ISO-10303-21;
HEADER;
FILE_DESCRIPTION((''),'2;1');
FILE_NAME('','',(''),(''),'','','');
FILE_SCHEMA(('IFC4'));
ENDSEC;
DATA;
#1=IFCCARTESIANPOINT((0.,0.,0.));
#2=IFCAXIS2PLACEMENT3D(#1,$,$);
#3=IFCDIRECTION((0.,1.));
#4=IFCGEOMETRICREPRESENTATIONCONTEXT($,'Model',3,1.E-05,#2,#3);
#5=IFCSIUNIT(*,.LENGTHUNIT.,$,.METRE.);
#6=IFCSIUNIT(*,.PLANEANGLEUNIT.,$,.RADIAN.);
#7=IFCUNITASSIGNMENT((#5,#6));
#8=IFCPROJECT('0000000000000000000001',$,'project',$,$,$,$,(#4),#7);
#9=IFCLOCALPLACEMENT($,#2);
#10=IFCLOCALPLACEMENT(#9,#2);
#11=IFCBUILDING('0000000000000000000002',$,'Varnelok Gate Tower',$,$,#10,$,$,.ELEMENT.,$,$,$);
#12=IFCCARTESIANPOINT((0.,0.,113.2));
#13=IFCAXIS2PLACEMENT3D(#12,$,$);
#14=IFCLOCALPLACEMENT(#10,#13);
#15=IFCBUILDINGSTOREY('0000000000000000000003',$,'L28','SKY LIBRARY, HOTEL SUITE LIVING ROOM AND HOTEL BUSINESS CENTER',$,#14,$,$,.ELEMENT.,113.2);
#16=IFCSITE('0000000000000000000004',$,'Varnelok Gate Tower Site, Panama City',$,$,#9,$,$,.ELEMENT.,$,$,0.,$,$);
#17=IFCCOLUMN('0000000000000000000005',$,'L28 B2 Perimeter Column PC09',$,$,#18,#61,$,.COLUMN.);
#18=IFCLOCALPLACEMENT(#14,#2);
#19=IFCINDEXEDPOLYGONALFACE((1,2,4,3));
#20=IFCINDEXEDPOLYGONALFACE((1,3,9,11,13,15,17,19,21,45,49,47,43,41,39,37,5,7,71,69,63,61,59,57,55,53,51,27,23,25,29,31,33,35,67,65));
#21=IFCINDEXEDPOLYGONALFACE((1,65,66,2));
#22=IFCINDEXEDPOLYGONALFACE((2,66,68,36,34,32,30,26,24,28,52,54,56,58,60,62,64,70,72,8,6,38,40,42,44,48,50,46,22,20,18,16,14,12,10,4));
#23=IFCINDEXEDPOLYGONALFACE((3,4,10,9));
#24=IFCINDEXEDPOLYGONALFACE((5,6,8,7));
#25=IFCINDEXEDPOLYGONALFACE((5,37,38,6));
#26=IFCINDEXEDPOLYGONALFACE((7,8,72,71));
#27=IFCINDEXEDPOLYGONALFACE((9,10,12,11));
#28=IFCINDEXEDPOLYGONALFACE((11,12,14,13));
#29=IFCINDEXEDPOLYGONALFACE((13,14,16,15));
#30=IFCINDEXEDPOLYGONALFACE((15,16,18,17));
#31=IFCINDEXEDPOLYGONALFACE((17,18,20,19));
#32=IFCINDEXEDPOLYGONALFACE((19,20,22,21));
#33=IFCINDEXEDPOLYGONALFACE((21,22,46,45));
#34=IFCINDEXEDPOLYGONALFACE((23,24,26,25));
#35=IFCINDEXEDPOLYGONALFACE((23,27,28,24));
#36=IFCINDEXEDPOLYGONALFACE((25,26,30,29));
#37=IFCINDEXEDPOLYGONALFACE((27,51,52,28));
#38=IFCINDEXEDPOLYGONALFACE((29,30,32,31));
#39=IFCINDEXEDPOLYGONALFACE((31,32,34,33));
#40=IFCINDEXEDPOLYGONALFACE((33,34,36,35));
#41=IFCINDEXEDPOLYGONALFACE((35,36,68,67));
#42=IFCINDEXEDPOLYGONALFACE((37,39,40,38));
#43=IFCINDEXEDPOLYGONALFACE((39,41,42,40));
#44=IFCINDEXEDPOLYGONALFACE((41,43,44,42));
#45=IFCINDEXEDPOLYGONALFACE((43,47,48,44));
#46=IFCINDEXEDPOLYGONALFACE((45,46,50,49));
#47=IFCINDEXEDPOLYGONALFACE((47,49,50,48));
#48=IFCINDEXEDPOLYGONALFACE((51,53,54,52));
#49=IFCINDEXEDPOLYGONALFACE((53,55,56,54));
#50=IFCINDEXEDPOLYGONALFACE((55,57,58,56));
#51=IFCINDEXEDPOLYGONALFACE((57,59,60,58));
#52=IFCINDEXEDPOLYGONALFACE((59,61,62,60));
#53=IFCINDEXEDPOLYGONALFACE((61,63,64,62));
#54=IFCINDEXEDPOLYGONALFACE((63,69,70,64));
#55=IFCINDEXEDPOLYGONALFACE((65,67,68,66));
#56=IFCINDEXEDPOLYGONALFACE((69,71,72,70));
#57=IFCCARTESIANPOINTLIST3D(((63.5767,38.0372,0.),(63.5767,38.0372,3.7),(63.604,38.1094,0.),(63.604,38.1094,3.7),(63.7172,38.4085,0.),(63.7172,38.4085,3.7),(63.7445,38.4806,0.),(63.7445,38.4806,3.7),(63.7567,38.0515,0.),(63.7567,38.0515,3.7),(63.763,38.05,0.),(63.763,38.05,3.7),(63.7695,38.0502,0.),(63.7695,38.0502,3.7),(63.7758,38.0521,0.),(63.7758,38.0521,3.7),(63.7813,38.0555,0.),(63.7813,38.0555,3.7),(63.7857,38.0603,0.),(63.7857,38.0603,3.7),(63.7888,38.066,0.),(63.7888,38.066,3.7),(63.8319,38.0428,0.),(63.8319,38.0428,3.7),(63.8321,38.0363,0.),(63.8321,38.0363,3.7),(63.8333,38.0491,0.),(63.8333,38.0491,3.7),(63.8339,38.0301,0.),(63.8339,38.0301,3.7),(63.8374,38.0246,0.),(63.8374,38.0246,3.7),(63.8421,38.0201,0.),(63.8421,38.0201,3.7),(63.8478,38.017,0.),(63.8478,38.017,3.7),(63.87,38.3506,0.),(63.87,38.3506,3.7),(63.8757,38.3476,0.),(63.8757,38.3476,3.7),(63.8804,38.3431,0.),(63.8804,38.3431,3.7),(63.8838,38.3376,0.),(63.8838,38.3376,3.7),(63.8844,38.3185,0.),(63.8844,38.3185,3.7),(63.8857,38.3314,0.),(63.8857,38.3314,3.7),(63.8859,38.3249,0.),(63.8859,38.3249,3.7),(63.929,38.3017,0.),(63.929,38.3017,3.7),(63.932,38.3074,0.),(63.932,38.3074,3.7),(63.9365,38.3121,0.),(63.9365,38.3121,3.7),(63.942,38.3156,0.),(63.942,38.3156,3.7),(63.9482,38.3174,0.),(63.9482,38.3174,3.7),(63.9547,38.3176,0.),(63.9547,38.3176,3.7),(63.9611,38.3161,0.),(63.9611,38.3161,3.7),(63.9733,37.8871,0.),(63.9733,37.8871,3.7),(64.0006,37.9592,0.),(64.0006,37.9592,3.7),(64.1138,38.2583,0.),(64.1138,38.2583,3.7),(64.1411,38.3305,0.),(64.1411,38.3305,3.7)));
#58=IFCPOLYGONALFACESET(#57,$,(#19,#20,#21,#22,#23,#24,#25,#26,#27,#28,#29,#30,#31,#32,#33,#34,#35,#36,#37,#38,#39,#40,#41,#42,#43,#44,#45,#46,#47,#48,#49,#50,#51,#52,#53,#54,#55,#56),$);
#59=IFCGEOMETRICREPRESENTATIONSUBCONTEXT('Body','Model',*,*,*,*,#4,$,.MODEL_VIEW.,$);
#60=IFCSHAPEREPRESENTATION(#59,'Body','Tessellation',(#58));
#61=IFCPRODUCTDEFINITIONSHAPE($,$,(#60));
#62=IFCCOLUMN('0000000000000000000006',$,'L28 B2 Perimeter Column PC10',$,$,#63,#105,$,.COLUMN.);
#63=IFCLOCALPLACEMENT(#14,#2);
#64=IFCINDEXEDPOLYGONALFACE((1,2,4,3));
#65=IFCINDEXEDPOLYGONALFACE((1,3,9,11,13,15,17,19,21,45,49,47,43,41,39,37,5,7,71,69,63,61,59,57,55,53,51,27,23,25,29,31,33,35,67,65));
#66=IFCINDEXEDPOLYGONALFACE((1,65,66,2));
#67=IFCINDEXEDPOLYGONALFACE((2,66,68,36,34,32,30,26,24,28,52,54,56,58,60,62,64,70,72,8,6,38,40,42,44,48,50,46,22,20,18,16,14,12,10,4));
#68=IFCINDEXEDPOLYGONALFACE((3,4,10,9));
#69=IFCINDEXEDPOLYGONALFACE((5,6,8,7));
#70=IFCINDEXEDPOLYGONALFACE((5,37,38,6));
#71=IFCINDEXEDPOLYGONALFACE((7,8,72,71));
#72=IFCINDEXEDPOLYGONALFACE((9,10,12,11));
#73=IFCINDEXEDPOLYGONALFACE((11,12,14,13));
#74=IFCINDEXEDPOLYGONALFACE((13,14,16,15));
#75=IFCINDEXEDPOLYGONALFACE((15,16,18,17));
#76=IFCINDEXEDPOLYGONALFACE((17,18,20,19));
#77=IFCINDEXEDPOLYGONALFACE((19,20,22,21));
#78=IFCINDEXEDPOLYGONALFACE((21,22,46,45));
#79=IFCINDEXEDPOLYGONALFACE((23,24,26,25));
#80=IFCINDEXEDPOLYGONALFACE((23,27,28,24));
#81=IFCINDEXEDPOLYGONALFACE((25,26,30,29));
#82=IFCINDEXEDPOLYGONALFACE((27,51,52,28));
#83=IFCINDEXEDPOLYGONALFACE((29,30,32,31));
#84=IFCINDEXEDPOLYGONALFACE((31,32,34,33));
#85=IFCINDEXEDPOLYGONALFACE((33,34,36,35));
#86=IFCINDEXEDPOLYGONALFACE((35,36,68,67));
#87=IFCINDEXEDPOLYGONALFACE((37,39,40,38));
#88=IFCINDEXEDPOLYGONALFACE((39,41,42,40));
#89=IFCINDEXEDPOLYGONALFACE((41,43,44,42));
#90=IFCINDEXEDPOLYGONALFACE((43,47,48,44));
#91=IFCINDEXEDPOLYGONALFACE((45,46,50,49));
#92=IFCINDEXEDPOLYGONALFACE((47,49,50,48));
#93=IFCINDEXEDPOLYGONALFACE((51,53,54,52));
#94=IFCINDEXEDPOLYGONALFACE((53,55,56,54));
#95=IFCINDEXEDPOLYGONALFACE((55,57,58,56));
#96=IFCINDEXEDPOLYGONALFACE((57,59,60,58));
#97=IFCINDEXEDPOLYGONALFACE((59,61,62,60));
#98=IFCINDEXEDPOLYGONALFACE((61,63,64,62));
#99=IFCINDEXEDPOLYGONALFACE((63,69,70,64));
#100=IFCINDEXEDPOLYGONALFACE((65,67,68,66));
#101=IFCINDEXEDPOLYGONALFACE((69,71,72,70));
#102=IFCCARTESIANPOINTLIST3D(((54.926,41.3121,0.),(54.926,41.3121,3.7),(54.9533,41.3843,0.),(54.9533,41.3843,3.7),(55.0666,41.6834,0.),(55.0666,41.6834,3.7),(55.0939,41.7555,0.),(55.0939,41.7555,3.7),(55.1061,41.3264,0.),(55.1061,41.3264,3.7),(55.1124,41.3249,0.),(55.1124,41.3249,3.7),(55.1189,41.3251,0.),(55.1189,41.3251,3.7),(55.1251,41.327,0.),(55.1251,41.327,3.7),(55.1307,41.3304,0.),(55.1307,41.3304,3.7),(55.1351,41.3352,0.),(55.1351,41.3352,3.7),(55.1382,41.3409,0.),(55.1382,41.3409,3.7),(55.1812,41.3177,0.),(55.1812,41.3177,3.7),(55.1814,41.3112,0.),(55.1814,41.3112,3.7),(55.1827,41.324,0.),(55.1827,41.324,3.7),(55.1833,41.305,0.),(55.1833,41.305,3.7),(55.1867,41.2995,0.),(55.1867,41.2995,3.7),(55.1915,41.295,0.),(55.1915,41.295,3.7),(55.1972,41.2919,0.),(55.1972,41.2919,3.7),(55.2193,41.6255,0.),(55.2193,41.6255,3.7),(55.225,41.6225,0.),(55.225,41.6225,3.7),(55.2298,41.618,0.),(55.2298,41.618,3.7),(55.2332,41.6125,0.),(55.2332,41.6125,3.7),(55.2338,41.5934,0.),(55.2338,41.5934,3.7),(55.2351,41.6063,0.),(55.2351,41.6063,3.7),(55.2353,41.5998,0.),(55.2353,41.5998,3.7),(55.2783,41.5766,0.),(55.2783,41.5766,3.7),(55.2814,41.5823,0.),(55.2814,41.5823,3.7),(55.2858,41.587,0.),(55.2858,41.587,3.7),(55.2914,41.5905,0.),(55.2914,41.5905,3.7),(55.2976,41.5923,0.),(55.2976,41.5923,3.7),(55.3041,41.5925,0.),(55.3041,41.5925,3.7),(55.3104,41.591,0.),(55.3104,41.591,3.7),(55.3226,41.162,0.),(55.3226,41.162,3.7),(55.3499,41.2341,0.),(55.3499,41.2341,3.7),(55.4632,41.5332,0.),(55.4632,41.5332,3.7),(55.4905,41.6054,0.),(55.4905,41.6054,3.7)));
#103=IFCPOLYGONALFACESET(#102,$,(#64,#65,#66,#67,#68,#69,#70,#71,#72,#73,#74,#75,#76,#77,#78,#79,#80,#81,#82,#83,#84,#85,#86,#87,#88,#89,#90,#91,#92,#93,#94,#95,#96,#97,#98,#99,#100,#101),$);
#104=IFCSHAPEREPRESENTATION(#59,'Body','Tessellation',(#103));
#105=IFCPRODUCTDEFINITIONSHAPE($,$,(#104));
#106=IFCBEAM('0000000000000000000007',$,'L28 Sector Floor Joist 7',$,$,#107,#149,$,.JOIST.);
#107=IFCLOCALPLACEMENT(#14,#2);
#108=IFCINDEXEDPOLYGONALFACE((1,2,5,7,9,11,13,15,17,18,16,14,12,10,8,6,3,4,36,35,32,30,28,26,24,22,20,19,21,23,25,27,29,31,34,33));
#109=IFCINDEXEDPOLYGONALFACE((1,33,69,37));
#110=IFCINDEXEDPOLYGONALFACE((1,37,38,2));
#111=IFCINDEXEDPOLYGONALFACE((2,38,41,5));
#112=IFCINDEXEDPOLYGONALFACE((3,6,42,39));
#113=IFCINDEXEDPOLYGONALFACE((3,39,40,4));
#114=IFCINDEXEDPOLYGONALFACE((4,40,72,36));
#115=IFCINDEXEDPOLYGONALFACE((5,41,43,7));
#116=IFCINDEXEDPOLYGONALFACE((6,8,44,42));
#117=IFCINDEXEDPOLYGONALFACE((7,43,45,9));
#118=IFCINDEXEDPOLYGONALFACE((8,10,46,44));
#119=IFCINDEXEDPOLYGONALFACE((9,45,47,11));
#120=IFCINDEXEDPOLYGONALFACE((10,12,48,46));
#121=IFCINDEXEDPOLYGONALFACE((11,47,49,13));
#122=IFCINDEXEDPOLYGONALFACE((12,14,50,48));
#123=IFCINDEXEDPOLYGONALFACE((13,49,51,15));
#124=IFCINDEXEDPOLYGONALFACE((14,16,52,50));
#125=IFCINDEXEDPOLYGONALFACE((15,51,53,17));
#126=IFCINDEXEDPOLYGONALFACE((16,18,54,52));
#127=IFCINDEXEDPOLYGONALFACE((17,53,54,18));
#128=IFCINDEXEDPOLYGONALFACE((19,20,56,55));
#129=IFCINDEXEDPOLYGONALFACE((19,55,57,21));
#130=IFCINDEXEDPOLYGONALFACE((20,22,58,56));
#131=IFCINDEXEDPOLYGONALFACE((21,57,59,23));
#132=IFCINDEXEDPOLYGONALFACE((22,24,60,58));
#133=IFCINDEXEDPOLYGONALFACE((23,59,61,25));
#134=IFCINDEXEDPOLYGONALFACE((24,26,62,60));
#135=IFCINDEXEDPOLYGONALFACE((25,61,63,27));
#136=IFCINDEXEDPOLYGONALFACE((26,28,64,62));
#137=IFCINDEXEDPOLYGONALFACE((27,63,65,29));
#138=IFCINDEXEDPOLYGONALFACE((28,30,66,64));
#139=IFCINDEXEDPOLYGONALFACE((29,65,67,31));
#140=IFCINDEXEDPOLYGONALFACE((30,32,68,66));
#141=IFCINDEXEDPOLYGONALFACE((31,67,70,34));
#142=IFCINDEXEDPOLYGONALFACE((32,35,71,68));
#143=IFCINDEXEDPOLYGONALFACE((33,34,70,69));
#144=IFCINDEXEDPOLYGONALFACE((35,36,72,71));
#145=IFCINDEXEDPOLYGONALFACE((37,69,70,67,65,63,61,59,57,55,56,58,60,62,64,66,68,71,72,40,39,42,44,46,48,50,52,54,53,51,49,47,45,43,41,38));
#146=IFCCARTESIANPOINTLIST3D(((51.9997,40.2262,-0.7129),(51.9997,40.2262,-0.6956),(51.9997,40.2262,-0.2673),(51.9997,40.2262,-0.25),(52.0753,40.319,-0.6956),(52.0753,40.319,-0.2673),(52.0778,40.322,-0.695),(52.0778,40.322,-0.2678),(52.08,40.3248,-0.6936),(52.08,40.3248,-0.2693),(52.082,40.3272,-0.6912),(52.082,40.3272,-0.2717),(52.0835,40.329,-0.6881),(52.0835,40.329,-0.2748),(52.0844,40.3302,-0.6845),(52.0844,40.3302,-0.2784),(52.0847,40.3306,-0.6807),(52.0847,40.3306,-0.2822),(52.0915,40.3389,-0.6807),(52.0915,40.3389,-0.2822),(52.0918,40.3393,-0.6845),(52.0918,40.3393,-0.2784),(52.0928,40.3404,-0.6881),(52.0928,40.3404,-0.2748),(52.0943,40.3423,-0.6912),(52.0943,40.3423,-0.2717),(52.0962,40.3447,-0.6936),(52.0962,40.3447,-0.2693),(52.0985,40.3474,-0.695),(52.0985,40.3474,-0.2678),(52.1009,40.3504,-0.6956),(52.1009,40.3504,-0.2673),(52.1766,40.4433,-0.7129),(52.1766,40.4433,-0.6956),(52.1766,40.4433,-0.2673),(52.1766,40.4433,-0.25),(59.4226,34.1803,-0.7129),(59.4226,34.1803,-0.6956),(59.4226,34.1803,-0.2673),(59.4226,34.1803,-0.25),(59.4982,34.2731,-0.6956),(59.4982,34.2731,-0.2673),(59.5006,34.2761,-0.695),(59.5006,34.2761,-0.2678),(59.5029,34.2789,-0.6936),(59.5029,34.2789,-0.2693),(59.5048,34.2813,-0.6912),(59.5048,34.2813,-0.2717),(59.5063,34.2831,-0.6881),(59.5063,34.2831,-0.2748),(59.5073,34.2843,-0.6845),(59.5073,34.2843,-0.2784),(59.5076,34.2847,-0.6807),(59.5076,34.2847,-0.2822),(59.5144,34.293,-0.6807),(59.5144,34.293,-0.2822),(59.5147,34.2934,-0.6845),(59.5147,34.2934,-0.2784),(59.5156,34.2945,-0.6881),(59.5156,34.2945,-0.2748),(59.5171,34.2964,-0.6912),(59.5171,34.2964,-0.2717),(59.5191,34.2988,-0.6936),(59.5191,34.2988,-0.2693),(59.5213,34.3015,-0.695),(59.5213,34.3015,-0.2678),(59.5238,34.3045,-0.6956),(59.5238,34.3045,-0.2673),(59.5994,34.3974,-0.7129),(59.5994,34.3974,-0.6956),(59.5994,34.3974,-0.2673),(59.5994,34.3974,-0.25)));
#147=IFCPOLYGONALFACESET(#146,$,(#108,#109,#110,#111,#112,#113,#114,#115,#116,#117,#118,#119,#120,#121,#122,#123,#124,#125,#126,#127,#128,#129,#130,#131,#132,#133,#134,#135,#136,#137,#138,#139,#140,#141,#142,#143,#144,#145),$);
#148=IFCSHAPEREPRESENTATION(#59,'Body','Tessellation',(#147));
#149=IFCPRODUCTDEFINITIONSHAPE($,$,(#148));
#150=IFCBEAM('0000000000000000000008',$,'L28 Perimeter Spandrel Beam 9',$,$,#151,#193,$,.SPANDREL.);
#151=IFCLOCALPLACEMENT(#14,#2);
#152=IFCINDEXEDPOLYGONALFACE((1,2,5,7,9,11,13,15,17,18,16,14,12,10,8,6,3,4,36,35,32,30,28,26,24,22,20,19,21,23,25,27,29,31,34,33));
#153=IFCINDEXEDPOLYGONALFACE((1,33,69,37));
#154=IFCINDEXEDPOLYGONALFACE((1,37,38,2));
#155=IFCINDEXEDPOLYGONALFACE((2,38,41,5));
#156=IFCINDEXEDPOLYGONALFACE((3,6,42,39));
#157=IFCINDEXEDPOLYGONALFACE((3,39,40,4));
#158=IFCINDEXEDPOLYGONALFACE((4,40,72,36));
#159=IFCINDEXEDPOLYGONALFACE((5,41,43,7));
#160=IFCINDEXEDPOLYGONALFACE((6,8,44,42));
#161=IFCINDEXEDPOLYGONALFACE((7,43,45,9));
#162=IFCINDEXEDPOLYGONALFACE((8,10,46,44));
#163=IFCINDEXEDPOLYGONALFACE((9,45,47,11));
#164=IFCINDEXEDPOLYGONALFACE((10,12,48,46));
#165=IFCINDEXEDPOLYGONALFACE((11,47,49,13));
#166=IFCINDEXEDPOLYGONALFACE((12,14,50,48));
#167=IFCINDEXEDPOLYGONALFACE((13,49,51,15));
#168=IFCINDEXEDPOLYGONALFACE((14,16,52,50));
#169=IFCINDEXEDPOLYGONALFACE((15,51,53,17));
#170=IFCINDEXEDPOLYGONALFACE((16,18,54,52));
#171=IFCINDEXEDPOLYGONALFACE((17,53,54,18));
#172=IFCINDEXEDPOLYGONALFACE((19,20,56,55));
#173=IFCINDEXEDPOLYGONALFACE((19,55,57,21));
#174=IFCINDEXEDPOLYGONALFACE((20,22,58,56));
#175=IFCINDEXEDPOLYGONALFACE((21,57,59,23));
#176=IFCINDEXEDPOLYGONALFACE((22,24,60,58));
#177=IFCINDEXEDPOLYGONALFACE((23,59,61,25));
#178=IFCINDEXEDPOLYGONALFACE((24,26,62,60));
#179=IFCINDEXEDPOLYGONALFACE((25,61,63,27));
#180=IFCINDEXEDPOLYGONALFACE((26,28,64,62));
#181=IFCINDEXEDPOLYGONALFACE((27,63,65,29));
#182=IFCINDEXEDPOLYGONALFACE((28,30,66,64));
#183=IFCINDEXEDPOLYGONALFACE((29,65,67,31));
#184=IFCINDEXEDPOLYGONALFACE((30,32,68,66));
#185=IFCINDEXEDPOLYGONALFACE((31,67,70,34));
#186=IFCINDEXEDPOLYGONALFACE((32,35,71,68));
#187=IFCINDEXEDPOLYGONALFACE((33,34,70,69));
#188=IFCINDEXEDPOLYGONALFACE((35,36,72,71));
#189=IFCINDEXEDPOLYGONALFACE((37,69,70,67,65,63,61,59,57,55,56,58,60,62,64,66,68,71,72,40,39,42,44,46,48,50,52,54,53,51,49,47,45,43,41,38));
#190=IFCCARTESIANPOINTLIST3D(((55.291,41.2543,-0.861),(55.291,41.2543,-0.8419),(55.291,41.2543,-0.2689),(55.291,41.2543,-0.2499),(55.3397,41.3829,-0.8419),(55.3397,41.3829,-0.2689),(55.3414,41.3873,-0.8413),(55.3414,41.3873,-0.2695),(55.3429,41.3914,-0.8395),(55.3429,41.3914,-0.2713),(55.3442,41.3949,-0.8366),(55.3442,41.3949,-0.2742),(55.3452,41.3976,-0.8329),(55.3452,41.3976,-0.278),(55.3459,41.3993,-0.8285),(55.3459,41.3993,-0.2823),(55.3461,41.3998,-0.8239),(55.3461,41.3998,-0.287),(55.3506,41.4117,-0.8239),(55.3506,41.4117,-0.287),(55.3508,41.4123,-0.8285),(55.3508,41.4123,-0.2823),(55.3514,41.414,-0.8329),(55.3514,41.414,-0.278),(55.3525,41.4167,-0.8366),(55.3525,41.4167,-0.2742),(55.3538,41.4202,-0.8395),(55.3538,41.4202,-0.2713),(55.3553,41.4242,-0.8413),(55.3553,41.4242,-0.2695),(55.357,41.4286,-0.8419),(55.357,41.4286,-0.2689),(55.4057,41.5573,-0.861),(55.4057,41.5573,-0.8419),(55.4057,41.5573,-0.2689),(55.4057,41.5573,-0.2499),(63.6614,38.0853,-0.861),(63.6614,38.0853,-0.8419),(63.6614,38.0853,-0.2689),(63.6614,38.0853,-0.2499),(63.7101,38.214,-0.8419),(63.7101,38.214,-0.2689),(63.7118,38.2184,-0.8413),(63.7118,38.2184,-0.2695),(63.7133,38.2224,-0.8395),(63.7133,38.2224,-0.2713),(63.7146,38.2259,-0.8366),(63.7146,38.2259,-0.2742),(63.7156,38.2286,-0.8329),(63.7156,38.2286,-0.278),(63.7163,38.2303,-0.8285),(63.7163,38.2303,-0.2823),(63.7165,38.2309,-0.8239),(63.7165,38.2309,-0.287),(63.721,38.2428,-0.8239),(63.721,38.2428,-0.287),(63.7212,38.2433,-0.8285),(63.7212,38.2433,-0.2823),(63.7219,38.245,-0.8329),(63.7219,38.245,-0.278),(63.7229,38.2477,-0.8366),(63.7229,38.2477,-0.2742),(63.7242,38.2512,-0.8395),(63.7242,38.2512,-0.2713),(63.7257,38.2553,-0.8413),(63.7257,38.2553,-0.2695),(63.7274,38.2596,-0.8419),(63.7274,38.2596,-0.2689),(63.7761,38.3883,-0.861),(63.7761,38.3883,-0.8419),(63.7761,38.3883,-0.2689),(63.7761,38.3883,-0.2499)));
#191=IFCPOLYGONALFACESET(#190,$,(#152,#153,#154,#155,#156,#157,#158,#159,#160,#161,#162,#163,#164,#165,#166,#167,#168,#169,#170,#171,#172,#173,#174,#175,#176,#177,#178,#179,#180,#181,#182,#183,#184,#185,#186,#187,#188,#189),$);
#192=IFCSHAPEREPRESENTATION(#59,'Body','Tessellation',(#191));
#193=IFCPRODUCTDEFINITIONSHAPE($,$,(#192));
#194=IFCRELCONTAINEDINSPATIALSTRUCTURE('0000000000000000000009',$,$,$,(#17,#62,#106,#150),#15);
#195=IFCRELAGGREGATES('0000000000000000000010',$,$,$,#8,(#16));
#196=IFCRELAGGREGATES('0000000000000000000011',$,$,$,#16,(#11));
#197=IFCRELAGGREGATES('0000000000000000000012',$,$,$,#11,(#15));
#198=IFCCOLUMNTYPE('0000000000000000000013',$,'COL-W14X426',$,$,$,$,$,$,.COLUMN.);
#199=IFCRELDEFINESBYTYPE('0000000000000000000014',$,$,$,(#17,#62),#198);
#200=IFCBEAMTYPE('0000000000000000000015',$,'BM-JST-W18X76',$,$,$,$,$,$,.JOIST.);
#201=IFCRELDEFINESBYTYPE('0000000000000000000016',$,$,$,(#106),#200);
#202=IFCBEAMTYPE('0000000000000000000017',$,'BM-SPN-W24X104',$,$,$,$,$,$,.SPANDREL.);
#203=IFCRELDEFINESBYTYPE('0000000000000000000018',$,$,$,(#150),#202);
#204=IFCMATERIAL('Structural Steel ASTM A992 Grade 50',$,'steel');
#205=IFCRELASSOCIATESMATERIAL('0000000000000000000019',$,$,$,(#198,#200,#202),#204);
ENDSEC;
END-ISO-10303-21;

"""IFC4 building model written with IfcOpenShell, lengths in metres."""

from ifc_helpers import new_model, si_unit, direction, frame, origin, origin_2d, place, context, subcontext, project, spatial, i_section, extrude, material, material_profile, profile_set, type_object, element, save


model = new_model("IFC4")

# Units and contexts
model_context = context("Model", 3, precision=1e-05, world=origin(), true_north=direction((0.0, 1.0)))
body_context = subcontext(model_context, "Body", "Model", "MODEL_VIEW")
ifc_project = project(units=[si_unit("LENGTHUNIT", "METRE"), si_unit("PLANEANGLEUNIT", "RADIAN")], contexts=[model_context])

# Site, building, storey
site_placement = place(None, origin())
site = spatial("IfcSite", under=ifc_project, at=site_placement, Name="Varnelok Gate Tower Site, Panama City", CompositionType="ELEMENT", RefElevation=0.0)
building_placement = place(site_placement, origin())
building = spatial("IfcBuilding", under=site, at=building_placement, Name="Varnelok Gate Tower", CompositionType="ELEMENT")
storey_placement = place(building_placement, frame((0.0, 0.0, 113.2)))
storey = spatial("IfcBuildingStorey", under=building, at=storey_placement, Name="L28", Description="SKY LIBRARY, HOTEL SUITE LIVING ROOM AND HOTEL BUSINESS CENTER", CompositionType="ELEMENT", Elevation=113.2)

# Columns
ifc_material_1 = material(Name="Structural Steel ASTM A992 Grade 50", Category="steel")
ifc_material_profile_1 = material_profile(ifc_material_1, i_section(OverallWidth=0.4241, OverallDepth=0.4741, WebThickness=0.0476, FlangeThickness=0.0771, FilletRadius=0.0249, at=origin_2d()), Name="W14X426")
ifc_profile_set_1 = profile_set([ifc_material_profile_1], Name="Structural Steel ASTM A992 Grade 50")
column_type = type_object("IfcColumnType", Name="COL-W14X426", PredefinedType="COLUMN", material=ifc_profile_set_1)
for number, where, z_axis, x_axis, name in (
    (1, (63.8589, 38.1838, 0.0), (0.0, 0.0, 1.0), (0.935222, -0.354063, 0.0), "L28 B2 Perimeter Column PC09"),
    (2, (55.2083, 41.4587, 0.0), (0.0, 0.0, 1.0), (0.935222, -0.354063, 0.0), "L28 B2 Perimeter Column PC10"),
):
    element("IfcColumn", number, at=place(storey_placement, frame(where, z_axis=z_axis, x_axis=x_axis)), inside=storey, type_object=column_type, Name=name, PredefinedType="COLUMN", context=body_context, shape_type="SweptSolid", body=[
        extrude(i_section(OverallWidth=0.4241, OverallDepth=0.4741, WebThickness=0.0476, FlangeThickness=0.0771, FilletRadius=0.0249, at=origin_2d()), origin(), (0.0, 0.0, 1.0), 3.7),
    ])

# Beams
ifc_material_profile_2 = material_profile(ifc_material_1, i_section(OverallWidth=0.28, OverallDepth=0.4629, WebThickness=0.0107, FlangeThickness=0.0173, FilletRadius=0.0149, at=origin_2d()), Name="W18X76")
ifc_profile_set_2 = profile_set([ifc_material_profile_2], Name="Structural Steel ASTM A992 Grade 50")
beam_type_1 = type_object("IfcBeamType", Name="BM-JST-W18X76", PredefinedType="JOIST", material=ifc_profile_set_2)
beam_1_placement = place(storey_placement, frame((59.511, 34.2888, -0.4814), z_axis=(-0.775355, 0.631525, 0.0), x_axis=(-0.631525, -0.775355, 0.0)))
element("IfcBeam", 3, at=beam_1_placement, inside=storey, type_object=beam_type_1, Name="L28 Sector Floor Joist 7", PredefinedType="JOIST", context=body_context, shape_type="SweptSolid", body=[
    extrude(i_section(OverallWidth=0.28, OverallDepth=0.4629, WebThickness=0.0107, FlangeThickness=0.0173, FilletRadius=0.0149, at=origin_2d()), origin(), (0.0, 0.0, 1.0), 9.5735),
])
ifc_material_profile_3 = material_profile(ifc_material_1, i_section(OverallWidth=0.324, OverallDepth=0.6111, WebThickness=0.0127, FlangeThickness=0.019, FilletRadius=0.0181, at=origin_2d()), Name="W24X104")
ifc_profile_set_3 = profile_set([ifc_material_profile_3], Name="Structural Steel ASTM A992 Grade 50")
beam_type_2 = type_object("IfcBeamType", Name="BM-SPN-W24X104", PredefinedType="SPANDREL", material=ifc_profile_set_3)
beam_2_placement = place(storey_placement, frame((63.7188, 38.2368, -0.5554), z_axis=(-0.93522, 0.354066, 0.0), x_axis=(-0.354066, -0.93522, 0.0)))
element("IfcBeam", 4, at=beam_2_placement, inside=storey, type_object=beam_type_2, Name="L28 Perimeter Spandrel Beam 9", PredefinedType="SPANDREL", context=body_context, shape_type="SweptSolid", body=[
    extrude(i_section(OverallWidth=0.324, OverallDepth=0.6111, WebThickness=0.0127, FlangeThickness=0.019, FilletRadius=0.0181, at=origin_2d()), origin(), (0.0, 0.0, 1.0), 8.9502),
])

save(model, "model.ifc")
